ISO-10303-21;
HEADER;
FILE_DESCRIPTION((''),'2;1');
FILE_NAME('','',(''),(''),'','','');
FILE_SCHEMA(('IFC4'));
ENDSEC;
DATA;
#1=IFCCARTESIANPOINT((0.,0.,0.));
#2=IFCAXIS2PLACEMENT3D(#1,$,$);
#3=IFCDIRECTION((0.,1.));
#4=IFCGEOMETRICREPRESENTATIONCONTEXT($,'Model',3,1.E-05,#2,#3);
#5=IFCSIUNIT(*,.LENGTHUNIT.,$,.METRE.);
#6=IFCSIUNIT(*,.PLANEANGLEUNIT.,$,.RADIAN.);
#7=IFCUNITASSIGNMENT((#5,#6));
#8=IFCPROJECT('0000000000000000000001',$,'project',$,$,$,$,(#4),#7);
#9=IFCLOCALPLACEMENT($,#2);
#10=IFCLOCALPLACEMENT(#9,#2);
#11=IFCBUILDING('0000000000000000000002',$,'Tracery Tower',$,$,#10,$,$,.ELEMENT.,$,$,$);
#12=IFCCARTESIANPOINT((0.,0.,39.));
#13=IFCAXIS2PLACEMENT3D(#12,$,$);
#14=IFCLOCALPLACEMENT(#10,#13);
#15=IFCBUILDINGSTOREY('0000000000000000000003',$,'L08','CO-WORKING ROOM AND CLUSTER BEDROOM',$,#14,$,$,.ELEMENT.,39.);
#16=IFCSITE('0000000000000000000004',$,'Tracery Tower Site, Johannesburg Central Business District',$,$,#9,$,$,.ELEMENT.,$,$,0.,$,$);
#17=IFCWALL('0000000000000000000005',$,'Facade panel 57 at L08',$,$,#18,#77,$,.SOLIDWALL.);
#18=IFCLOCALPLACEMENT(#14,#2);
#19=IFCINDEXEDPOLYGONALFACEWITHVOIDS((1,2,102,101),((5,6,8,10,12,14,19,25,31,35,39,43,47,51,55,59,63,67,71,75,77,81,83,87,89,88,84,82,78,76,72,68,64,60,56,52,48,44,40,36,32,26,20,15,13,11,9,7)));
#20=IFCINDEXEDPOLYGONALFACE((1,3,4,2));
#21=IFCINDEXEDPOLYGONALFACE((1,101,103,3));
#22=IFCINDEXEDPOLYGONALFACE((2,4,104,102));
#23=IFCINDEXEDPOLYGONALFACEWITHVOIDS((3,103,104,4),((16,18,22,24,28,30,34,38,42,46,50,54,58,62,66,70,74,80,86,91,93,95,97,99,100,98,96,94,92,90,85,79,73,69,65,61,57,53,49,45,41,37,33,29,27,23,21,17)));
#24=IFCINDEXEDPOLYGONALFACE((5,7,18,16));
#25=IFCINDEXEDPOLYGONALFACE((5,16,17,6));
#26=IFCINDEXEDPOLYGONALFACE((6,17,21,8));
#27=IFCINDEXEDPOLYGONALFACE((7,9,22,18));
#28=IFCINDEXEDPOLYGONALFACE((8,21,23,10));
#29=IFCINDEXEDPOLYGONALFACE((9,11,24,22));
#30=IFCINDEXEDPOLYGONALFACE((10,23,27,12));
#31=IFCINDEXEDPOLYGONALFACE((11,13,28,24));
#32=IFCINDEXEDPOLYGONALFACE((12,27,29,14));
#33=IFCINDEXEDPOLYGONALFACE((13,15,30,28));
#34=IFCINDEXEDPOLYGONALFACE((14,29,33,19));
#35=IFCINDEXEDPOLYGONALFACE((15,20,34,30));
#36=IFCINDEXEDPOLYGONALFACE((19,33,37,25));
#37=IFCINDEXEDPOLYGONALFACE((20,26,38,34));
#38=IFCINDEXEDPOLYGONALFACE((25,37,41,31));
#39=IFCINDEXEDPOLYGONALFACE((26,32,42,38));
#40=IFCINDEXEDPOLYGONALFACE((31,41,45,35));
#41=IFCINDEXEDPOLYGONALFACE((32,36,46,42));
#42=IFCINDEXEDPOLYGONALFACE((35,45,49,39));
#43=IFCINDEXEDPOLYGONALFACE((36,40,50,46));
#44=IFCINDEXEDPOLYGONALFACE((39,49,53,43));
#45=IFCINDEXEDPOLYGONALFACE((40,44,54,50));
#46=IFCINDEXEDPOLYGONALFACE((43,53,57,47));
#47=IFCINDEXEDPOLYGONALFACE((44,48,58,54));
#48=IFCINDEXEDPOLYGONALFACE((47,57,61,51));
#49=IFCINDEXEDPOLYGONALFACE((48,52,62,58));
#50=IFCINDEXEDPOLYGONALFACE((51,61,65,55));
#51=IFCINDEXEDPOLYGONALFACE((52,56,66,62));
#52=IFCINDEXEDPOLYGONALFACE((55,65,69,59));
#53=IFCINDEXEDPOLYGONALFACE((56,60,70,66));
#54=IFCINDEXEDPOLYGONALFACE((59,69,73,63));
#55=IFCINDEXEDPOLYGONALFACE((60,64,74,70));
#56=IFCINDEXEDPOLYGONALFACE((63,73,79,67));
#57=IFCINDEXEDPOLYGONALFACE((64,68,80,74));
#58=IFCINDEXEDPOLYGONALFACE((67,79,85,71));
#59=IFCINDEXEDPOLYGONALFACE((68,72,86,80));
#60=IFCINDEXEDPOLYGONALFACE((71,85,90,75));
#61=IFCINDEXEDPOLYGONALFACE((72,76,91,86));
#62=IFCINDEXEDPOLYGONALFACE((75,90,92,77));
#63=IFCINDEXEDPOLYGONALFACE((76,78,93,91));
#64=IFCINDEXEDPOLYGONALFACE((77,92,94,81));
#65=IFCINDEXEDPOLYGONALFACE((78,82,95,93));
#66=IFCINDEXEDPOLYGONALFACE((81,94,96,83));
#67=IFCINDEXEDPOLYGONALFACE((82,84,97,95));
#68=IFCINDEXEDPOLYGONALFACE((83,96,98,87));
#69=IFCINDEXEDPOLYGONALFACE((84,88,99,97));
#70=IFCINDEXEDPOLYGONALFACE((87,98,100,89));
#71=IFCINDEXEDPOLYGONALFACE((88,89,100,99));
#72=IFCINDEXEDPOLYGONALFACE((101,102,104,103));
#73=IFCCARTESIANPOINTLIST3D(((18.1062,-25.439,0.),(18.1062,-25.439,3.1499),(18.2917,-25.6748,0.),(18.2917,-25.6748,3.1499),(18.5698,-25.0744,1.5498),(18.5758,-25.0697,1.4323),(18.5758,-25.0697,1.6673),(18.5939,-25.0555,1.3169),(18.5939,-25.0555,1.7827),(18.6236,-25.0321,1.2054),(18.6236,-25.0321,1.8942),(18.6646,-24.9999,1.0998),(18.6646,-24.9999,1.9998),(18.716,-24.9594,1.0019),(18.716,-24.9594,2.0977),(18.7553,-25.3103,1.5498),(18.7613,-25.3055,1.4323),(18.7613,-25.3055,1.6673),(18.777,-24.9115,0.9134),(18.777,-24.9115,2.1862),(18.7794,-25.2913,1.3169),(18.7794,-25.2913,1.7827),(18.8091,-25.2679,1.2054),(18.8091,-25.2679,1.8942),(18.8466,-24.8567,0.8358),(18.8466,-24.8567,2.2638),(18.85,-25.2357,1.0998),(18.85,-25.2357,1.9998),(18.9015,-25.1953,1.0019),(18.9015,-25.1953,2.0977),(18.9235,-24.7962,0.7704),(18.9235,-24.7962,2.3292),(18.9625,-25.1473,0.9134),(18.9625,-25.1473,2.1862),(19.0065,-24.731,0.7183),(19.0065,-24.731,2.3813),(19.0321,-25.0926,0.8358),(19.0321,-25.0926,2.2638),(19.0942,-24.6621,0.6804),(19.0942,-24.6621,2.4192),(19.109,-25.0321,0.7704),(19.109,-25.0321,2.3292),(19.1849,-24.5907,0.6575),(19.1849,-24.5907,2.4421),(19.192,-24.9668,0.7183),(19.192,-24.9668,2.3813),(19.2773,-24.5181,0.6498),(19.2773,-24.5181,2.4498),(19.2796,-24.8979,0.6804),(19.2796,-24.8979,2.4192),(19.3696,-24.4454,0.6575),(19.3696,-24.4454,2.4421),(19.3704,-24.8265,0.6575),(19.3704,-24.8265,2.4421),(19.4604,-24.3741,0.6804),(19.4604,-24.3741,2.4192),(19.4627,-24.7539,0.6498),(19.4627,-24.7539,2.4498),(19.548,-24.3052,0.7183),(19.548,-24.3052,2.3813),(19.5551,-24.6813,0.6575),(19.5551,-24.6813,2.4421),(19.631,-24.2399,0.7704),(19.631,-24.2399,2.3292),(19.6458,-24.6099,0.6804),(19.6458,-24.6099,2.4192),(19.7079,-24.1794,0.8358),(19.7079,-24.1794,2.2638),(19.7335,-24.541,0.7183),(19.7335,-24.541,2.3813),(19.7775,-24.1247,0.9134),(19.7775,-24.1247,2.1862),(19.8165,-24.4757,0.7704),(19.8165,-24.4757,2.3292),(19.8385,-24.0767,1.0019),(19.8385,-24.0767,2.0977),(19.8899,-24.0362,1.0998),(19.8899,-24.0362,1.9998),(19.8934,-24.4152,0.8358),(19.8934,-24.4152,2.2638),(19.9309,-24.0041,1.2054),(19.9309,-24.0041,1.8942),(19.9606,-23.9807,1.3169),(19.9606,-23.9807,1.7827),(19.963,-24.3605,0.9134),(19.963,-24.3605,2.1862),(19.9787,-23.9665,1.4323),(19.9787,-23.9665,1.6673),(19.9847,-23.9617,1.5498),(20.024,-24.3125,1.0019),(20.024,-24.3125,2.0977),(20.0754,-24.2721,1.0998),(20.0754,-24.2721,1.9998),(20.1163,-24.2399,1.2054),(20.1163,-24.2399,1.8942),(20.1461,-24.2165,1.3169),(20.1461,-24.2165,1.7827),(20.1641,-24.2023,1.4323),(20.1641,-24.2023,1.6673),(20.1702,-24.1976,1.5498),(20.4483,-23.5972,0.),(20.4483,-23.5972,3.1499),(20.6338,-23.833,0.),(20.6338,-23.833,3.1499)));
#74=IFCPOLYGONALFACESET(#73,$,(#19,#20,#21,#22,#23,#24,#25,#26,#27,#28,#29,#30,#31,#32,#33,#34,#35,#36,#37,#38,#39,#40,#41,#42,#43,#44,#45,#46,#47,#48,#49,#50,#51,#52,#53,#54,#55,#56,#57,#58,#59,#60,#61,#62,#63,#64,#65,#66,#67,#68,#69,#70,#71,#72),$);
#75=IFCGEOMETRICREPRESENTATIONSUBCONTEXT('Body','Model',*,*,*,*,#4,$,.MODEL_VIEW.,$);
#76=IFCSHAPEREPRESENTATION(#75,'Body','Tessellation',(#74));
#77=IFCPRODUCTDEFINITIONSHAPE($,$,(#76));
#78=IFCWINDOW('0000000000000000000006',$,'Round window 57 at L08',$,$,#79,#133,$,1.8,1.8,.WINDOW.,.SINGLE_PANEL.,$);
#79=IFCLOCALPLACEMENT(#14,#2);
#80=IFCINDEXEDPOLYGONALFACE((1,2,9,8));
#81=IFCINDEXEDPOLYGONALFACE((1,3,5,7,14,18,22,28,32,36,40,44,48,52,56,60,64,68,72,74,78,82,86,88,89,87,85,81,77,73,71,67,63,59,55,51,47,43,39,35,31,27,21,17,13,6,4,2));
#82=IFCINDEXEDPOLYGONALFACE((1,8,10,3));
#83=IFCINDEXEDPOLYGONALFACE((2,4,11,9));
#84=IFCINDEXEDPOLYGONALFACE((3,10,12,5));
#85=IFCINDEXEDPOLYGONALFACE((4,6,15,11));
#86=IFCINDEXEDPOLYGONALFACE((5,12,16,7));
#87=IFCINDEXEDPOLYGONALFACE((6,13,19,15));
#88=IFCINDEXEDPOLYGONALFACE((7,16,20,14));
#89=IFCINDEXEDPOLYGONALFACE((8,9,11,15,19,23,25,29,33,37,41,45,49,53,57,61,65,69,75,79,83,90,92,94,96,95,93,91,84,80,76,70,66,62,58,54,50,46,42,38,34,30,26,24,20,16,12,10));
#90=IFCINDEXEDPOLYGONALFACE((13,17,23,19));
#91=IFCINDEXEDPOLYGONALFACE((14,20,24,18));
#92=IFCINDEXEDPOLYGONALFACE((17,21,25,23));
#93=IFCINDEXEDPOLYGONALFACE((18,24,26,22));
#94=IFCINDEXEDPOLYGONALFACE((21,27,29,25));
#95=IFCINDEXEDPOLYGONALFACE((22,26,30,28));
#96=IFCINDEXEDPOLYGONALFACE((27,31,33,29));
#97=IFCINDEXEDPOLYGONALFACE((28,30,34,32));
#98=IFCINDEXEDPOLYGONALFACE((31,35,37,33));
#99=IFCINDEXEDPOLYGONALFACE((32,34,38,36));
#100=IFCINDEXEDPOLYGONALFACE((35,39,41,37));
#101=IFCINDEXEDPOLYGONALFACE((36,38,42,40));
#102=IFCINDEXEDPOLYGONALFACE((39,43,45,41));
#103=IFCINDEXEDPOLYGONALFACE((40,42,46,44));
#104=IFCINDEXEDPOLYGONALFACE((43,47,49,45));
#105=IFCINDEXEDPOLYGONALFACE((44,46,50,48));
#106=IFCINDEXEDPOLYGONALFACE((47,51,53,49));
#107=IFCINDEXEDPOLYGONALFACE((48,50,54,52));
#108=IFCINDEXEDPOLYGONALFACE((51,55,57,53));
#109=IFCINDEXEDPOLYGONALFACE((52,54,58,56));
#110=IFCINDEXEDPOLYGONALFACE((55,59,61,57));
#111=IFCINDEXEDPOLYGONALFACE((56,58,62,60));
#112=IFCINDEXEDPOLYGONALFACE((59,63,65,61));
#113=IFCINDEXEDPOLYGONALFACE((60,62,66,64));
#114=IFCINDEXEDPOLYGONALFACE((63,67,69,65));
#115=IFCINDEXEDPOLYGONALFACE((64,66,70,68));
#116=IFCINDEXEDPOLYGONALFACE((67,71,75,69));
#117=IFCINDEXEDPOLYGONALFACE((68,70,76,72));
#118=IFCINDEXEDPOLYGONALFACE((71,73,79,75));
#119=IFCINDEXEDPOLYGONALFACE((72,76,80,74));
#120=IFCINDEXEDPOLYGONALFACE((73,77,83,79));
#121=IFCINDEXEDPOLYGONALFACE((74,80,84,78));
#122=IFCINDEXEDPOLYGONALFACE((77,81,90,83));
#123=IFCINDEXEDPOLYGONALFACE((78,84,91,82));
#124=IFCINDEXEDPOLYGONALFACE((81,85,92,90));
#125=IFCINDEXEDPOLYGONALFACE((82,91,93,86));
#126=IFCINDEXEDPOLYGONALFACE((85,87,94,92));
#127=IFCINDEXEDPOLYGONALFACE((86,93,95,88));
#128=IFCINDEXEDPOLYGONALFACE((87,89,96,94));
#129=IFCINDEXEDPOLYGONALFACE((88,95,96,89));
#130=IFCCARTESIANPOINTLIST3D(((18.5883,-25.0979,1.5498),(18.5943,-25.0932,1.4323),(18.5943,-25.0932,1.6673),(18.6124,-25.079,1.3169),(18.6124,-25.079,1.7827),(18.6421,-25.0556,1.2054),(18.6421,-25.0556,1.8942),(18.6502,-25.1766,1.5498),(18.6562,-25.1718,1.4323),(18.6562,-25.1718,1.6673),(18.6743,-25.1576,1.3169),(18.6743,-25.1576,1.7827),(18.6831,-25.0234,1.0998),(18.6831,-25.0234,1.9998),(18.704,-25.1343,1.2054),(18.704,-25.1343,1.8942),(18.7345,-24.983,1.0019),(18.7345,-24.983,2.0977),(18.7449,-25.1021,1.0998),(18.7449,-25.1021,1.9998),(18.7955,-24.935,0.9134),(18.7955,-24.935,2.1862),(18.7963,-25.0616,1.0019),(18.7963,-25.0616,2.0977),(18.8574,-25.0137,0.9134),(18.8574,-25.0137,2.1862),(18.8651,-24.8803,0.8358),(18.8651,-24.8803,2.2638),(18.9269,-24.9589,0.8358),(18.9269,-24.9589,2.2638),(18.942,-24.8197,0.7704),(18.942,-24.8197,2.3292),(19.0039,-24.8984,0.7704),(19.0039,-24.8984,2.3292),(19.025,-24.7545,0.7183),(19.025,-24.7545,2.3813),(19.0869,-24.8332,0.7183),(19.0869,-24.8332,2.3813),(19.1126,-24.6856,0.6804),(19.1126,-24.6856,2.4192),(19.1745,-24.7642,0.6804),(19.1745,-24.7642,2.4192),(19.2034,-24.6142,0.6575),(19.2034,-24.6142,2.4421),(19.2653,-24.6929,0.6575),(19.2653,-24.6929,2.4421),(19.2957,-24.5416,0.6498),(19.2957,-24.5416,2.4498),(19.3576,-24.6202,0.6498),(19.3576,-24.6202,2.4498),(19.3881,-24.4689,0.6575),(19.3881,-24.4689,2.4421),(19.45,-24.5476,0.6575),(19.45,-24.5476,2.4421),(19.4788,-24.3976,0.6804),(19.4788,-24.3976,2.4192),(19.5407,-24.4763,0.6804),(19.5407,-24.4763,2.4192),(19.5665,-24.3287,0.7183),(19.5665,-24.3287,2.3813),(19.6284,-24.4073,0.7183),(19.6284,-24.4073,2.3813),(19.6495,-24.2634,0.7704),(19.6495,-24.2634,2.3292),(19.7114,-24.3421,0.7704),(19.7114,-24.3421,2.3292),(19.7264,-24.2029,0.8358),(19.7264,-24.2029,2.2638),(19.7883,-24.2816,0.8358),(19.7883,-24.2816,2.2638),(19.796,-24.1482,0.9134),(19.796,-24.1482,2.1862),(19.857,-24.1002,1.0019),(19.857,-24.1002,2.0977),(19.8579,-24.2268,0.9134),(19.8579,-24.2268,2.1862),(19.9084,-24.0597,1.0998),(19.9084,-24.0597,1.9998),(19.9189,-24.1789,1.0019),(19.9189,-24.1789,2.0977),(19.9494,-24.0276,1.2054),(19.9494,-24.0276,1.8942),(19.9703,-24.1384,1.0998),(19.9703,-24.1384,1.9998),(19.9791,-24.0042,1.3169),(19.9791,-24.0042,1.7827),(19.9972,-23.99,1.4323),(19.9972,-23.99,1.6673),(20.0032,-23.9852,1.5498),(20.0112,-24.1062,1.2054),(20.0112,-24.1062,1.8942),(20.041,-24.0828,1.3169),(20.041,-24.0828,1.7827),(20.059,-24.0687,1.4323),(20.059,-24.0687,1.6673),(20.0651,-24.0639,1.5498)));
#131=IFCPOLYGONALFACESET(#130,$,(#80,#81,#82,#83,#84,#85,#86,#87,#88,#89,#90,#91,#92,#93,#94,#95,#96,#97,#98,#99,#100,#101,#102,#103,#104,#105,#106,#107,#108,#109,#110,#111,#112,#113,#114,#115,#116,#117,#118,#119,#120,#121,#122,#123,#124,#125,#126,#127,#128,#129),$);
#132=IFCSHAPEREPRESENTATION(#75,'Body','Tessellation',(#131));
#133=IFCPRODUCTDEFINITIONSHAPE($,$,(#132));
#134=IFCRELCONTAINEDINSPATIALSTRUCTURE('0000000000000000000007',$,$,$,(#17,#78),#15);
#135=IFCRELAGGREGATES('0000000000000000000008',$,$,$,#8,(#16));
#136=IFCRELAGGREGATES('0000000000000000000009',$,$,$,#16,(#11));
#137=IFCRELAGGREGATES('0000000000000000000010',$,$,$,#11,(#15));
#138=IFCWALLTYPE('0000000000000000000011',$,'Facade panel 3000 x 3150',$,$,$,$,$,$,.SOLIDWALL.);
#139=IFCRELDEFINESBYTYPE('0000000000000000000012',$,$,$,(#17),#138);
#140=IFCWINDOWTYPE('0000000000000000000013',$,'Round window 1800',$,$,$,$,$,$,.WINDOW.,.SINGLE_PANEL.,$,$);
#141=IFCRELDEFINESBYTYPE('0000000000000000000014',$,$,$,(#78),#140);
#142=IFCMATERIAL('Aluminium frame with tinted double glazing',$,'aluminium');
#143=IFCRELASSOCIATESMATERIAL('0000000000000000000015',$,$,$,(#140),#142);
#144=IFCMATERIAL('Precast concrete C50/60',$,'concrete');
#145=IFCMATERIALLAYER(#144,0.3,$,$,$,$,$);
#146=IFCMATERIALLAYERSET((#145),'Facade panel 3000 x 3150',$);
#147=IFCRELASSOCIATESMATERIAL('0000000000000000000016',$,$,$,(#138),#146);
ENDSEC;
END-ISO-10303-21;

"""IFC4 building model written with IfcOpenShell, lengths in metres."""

from ifc_helpers import new_model, si_unit, direction, frame, frame_2d, origin, origin_2d, place, context, subcontext, project, spatial, rectangle, circle, extrude, material, layer, layer_set, type_object, element, fill, save


model = new_model("IFC4")

# Units and contexts
model_context = context("Model", 3, precision=1e-05, world=origin(), true_north=direction((0.0, 1.0)))
body_context = subcontext(model_context, "Body", "Model", "MODEL_VIEW")
ifc_project = project(units=[si_unit("LENGTHUNIT", "METRE"), si_unit("PLANEANGLEUNIT", "RADIAN")], contexts=[model_context])

# Site, building, storey
site_placement = place(None, origin())
site = spatial("IfcSite", under=ifc_project, at=site_placement, Name="Tracery Tower Site, Johannesburg Central Business District", CompositionType="ELEMENT", RefElevation=0.0)
building_placement = place(site_placement, origin())
building = spatial("IfcBuilding", under=site, at=building_placement, Name="Tracery Tower", CompositionType="ELEMENT")
storey_placement = place(building_placement, frame((0.0, 0.0, 39.0)))
storey = spatial("IfcBuildingStorey", under=building, at=storey_placement, Name="L08", Description="CO-WORKING ROOM AND CLUSTER BEDROOM", CompositionType="ELEMENT", Elevation=39.0)

# Wall, opening, window
ifc_material_1 = material(Name="Aluminium frame with tinted double glazing", Category="aluminium")
window_type = type_object("IfcWindowType", Name="Round window 1800", PartitioningType="SINGLE_PANEL", PredefinedType="WINDOW", material=ifc_material_1)
ifc_material_2 = material(Name="Precast concrete C50/60", Category="concrete")
ifc_layer_1 = layer(ifc_material_2, 0.3)
ifc_layer_set_1 = layer_set([ifc_layer_1], Name="Facade panel 3000 x 3150")
wall_type_1 = type_object("IfcWallType", Name="Facade panel 3000 x 3150", PredefinedType="SOLIDWALL", material=ifc_layer_set_1)
wall_1_placement = place(storey_placement, frame((18.199, -25.5569, 0.0), z_axis=(0.0, 0.0, 1.0), x_axis=(0.786054, 0.618158, 0.0)))
wall_1 = element("IfcWall", 1, at=wall_1_placement, inside=storey, type_object=wall_type_1, Name="Facade panel 57 at L08", PredefinedType="SOLIDWALL", context=body_context, shape_type="SweptSolid", body=[
    extrude(rectangle(XDim=2.9795, YDim=0.3, at=frame_2d((1.4897, 0.0))), origin(), (0.0, 0.0, 1.0), 3.1499),
])
opening_1_placement = place(wall_1_placement, frame((1.4897, 0.0, 1.5498)))
opening_1 = element("IfcOpeningElement", 2, at=opening_1_placement, cuts=wall_1, PredefinedType="OPENING", context=body_context, shape_type="SweptSolid", body=[
    extrude(circle(Radius=0.9, at=origin_2d()), frame((0.0, 0.1599, 0.0), z_axis=(0.0, -1.0, 0.0), x_axis=(1.0, 0.0, 0.0)), (0.0, 0.0, 1.0), 0.3201),
])
window_1_placement = place(opening_1_placement, origin())
window_1 = element("IfcWindow", 3, at=window_1_placement, inside=storey, type_object=window_type, Name="Round window 57 at L08", OverallHeight=1.8, OverallWidth=1.8, PartitioningType="SINGLE_PANEL", PredefinedType="WINDOW", context=body_context, shape_type="SweptSolid", body=[
    extrude(circle(Radius=0.9, at=origin_2d()), frame((0.0, 0.1201, 0.0), z_axis=(0.0, -1.0, 0.0), x_axis=(1.0, 0.0, 0.0)), (0.0, 0.0, 1.0), 0.1001),
])
fill(opening_1, window_1)

save(model, "model.ifc")
